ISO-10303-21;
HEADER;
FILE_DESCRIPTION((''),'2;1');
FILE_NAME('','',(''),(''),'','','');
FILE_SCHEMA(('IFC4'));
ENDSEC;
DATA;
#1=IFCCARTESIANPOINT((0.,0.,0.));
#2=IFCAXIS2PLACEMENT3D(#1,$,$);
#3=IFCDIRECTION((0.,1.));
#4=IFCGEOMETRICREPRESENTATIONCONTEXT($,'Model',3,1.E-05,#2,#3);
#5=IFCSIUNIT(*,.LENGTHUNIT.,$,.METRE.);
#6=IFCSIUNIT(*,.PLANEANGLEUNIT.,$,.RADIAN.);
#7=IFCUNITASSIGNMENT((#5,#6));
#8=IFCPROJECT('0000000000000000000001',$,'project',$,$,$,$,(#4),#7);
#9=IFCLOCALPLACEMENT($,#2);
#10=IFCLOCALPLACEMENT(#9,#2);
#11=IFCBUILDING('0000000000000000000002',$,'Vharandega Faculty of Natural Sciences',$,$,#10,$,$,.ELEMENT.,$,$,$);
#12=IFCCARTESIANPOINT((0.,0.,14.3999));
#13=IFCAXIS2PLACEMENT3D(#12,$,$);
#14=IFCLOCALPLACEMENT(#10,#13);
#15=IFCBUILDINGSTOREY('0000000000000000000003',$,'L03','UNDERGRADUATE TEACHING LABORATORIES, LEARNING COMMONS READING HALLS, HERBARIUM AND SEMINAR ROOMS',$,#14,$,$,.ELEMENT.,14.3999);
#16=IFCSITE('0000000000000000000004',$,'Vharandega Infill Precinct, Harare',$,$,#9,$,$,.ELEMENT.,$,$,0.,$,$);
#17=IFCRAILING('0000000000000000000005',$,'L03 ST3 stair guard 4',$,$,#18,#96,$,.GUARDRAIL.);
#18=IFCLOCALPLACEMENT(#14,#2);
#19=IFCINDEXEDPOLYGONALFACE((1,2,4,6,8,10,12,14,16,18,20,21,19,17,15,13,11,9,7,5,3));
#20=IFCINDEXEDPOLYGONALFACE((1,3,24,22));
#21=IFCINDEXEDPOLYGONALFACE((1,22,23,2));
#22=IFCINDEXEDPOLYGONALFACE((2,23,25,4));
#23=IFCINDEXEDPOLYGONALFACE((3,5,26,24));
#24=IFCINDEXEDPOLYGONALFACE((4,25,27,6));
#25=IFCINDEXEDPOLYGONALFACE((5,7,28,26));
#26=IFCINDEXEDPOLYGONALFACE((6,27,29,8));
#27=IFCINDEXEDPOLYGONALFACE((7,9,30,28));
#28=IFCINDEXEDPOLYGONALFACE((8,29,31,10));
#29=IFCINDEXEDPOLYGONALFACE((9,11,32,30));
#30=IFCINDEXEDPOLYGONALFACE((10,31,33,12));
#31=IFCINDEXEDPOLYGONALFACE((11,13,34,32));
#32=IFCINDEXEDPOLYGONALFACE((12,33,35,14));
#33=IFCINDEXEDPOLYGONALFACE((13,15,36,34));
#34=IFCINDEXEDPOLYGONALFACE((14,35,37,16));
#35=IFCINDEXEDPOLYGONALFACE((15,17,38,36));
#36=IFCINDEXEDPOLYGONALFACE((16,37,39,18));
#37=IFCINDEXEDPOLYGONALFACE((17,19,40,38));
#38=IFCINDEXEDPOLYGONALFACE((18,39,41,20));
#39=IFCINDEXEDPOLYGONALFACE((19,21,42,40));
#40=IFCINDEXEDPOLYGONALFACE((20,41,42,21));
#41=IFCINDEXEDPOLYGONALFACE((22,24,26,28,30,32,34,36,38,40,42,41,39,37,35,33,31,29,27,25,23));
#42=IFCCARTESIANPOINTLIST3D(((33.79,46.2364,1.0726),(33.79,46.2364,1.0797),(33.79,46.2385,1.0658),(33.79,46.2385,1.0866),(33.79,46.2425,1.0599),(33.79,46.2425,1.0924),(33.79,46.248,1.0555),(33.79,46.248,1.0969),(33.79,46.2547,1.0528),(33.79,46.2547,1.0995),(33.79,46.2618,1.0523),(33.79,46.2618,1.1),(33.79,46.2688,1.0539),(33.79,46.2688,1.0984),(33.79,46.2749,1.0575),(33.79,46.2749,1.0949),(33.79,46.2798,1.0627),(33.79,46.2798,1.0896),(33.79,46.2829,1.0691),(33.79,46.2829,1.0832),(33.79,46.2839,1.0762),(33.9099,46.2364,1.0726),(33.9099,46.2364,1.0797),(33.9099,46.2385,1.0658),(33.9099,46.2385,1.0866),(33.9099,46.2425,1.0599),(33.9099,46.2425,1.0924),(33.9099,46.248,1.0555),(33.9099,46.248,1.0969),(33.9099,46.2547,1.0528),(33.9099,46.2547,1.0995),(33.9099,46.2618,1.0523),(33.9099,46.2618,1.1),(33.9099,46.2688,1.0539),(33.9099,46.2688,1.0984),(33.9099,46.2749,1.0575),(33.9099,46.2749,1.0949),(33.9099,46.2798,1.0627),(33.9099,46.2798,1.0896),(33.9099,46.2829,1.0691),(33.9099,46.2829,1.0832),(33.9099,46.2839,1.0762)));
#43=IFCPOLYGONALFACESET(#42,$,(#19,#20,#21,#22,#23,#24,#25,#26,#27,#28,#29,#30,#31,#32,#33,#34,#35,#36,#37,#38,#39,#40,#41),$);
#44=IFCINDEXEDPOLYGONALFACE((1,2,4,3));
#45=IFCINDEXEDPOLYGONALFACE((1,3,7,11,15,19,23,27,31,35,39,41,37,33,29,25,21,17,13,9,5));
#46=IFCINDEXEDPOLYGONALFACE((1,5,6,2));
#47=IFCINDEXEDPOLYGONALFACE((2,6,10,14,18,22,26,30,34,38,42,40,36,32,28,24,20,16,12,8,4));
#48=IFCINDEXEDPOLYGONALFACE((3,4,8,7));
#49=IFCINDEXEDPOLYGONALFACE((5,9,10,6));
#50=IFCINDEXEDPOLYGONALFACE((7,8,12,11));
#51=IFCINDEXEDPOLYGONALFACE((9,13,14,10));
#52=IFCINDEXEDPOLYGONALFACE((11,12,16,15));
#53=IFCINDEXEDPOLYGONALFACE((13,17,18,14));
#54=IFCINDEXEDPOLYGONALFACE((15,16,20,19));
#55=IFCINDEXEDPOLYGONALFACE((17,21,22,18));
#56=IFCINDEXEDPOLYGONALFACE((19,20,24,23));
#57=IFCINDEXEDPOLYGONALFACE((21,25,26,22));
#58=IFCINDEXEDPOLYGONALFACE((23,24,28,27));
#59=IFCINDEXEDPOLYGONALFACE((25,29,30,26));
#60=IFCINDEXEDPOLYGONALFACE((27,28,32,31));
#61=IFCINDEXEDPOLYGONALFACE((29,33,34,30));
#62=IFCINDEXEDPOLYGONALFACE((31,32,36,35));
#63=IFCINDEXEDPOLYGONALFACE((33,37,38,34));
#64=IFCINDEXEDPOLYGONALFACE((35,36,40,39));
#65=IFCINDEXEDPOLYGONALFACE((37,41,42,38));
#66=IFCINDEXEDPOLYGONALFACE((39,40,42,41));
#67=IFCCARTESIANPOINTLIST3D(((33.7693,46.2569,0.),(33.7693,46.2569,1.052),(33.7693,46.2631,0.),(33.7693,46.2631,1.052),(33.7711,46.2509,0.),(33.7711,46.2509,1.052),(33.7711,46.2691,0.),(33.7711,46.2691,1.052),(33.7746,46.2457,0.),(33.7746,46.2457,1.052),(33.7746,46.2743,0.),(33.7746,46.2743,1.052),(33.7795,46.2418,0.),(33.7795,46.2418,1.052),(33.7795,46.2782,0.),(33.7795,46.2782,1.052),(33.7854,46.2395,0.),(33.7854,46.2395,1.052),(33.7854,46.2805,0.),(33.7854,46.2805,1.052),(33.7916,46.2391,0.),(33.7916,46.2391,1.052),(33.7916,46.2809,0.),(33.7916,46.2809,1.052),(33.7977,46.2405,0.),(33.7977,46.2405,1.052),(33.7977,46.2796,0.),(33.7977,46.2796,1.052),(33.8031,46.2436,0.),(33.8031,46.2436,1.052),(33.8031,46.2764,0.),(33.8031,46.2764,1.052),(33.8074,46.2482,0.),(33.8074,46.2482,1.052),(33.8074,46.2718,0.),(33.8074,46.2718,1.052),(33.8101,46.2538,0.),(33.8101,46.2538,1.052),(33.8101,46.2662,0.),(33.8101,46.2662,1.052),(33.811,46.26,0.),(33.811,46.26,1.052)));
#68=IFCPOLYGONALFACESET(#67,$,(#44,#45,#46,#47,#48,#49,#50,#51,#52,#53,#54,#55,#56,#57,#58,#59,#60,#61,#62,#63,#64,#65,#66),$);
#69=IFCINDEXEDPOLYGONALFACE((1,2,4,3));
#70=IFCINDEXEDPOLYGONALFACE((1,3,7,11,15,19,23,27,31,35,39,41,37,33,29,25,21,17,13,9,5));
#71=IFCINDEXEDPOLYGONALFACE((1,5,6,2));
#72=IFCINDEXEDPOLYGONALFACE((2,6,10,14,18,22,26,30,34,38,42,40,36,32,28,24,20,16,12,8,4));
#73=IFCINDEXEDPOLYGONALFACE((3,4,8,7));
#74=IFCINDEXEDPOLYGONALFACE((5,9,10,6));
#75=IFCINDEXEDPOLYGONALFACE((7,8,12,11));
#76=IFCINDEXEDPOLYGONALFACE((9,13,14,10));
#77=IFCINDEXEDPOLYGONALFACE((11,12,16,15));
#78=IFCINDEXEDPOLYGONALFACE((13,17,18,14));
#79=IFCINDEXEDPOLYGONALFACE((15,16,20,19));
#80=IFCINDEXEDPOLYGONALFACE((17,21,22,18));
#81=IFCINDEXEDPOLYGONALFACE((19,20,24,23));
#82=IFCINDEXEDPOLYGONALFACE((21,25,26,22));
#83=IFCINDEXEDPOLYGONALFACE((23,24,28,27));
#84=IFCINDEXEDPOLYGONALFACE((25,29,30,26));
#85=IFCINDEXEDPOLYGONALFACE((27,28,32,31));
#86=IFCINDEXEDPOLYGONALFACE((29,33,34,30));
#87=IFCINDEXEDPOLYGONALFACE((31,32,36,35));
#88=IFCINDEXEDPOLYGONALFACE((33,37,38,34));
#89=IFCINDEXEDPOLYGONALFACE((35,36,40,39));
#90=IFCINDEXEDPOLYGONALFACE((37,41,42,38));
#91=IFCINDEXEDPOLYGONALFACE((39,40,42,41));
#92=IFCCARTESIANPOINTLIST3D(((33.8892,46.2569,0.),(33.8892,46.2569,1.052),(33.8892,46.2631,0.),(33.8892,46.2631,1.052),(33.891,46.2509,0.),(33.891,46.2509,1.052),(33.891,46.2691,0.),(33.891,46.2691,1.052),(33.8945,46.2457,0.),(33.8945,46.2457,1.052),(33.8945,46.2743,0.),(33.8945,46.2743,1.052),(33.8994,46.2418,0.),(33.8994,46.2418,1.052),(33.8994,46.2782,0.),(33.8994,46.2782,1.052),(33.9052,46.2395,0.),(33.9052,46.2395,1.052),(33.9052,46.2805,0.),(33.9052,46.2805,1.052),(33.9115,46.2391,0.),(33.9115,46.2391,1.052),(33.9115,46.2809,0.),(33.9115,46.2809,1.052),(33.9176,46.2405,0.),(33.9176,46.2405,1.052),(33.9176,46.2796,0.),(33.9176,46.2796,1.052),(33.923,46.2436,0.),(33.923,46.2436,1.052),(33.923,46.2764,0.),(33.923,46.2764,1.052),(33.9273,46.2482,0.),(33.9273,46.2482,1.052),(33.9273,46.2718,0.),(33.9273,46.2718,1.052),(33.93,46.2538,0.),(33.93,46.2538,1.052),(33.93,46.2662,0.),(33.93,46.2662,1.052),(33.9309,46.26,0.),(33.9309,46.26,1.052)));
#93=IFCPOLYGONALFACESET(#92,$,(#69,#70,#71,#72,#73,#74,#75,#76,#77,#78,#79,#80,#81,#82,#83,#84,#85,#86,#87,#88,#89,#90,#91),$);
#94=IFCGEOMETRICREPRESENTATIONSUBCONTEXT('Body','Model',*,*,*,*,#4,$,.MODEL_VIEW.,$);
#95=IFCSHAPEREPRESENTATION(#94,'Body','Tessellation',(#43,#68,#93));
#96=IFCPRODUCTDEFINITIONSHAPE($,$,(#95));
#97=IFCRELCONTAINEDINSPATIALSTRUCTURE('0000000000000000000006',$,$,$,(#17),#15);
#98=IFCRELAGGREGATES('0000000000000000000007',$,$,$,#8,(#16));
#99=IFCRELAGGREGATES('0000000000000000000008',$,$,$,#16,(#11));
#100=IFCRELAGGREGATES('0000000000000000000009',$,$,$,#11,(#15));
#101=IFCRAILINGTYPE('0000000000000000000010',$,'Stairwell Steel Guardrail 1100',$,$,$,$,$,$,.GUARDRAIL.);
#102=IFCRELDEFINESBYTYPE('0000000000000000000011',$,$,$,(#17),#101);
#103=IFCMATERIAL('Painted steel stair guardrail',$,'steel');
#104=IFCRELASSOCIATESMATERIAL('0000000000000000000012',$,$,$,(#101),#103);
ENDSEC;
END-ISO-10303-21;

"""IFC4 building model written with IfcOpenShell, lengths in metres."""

from ifc_helpers import new_model, si_unit, direction, frame, origin, origin_2d, place, context, subcontext, project, spatial, circle, extrude, material, type_object, element, save


model = new_model("IFC4")

# Units and contexts
model_context = context("Model", 3, precision=1e-05, world=origin(), true_north=direction((0.0, 1.0)))
body_context = subcontext(model_context, "Body", "Model", "MODEL_VIEW")
ifc_project = project(units=[si_unit("LENGTHUNIT", "METRE"), si_unit("PLANEANGLEUNIT", "RADIAN")], contexts=[model_context])

# Site, building, storey
site_placement = place(None, origin())
site = spatial("IfcSite", under=ifc_project, at=site_placement, Name="Vharandega Infill Precinct, Harare", CompositionType="ELEMENT", RefElevation=0.0)
building_placement = place(site_placement, origin())
building = spatial("IfcBuilding", under=site, at=building_placement, Name="Vharandega Faculty of Natural Sciences", CompositionType="ELEMENT")
storey_placement = place(building_placement, frame((0.0, 0.0, 14.3999)))
storey = spatial("IfcBuildingStorey", under=building, at=storey_placement, Name="L03", Description="UNDERGRADUATE TEACHING LABORATORIES, LEARNING COMMONS READING HALLS, HERBARIUM AND SEMINAR ROOMS", CompositionType="ELEMENT", Elevation=14.3999)

# Railing
ifc_material_1 = material(Name="Painted steel stair guardrail", Category="steel")
railing_type_1 = type_object("IfcRailingType", Name="Stairwell Steel Guardrail 1100", PredefinedType="GUARDRAIL", material=ifc_material_1)
railing_1_placement = place(storey_placement, frame((33.79, 46.26, 0.0)))
element("IfcRailing", 1, at=railing_1_placement, inside=storey, type_object=railing_type_1, Name="L03 ST3 stair guard 4", PredefinedType="GUARDRAIL", context=body_context, shape_type="SweptSolid", body=[
    extrude(circle(Radius=0.0239, at=origin_2d()), frame((0.0, 0.0, 1.0762), z_axis=(1.0, 0.0, 0.0), x_axis=(0.0, 1.0, 0.0)), (0.0, 0.0, 1.0), 0.1199),
    extrude(circle(Radius=0.021, at=origin_2d()), origin(), (0.0, 0.0, 1.0), 1.052),
    extrude(circle(Radius=0.021, at=origin_2d()), frame((0.1199, 0.0, 0.0)), (0.0, 0.0, 1.0), 1.052),
])

save(model, "model.ifc")
